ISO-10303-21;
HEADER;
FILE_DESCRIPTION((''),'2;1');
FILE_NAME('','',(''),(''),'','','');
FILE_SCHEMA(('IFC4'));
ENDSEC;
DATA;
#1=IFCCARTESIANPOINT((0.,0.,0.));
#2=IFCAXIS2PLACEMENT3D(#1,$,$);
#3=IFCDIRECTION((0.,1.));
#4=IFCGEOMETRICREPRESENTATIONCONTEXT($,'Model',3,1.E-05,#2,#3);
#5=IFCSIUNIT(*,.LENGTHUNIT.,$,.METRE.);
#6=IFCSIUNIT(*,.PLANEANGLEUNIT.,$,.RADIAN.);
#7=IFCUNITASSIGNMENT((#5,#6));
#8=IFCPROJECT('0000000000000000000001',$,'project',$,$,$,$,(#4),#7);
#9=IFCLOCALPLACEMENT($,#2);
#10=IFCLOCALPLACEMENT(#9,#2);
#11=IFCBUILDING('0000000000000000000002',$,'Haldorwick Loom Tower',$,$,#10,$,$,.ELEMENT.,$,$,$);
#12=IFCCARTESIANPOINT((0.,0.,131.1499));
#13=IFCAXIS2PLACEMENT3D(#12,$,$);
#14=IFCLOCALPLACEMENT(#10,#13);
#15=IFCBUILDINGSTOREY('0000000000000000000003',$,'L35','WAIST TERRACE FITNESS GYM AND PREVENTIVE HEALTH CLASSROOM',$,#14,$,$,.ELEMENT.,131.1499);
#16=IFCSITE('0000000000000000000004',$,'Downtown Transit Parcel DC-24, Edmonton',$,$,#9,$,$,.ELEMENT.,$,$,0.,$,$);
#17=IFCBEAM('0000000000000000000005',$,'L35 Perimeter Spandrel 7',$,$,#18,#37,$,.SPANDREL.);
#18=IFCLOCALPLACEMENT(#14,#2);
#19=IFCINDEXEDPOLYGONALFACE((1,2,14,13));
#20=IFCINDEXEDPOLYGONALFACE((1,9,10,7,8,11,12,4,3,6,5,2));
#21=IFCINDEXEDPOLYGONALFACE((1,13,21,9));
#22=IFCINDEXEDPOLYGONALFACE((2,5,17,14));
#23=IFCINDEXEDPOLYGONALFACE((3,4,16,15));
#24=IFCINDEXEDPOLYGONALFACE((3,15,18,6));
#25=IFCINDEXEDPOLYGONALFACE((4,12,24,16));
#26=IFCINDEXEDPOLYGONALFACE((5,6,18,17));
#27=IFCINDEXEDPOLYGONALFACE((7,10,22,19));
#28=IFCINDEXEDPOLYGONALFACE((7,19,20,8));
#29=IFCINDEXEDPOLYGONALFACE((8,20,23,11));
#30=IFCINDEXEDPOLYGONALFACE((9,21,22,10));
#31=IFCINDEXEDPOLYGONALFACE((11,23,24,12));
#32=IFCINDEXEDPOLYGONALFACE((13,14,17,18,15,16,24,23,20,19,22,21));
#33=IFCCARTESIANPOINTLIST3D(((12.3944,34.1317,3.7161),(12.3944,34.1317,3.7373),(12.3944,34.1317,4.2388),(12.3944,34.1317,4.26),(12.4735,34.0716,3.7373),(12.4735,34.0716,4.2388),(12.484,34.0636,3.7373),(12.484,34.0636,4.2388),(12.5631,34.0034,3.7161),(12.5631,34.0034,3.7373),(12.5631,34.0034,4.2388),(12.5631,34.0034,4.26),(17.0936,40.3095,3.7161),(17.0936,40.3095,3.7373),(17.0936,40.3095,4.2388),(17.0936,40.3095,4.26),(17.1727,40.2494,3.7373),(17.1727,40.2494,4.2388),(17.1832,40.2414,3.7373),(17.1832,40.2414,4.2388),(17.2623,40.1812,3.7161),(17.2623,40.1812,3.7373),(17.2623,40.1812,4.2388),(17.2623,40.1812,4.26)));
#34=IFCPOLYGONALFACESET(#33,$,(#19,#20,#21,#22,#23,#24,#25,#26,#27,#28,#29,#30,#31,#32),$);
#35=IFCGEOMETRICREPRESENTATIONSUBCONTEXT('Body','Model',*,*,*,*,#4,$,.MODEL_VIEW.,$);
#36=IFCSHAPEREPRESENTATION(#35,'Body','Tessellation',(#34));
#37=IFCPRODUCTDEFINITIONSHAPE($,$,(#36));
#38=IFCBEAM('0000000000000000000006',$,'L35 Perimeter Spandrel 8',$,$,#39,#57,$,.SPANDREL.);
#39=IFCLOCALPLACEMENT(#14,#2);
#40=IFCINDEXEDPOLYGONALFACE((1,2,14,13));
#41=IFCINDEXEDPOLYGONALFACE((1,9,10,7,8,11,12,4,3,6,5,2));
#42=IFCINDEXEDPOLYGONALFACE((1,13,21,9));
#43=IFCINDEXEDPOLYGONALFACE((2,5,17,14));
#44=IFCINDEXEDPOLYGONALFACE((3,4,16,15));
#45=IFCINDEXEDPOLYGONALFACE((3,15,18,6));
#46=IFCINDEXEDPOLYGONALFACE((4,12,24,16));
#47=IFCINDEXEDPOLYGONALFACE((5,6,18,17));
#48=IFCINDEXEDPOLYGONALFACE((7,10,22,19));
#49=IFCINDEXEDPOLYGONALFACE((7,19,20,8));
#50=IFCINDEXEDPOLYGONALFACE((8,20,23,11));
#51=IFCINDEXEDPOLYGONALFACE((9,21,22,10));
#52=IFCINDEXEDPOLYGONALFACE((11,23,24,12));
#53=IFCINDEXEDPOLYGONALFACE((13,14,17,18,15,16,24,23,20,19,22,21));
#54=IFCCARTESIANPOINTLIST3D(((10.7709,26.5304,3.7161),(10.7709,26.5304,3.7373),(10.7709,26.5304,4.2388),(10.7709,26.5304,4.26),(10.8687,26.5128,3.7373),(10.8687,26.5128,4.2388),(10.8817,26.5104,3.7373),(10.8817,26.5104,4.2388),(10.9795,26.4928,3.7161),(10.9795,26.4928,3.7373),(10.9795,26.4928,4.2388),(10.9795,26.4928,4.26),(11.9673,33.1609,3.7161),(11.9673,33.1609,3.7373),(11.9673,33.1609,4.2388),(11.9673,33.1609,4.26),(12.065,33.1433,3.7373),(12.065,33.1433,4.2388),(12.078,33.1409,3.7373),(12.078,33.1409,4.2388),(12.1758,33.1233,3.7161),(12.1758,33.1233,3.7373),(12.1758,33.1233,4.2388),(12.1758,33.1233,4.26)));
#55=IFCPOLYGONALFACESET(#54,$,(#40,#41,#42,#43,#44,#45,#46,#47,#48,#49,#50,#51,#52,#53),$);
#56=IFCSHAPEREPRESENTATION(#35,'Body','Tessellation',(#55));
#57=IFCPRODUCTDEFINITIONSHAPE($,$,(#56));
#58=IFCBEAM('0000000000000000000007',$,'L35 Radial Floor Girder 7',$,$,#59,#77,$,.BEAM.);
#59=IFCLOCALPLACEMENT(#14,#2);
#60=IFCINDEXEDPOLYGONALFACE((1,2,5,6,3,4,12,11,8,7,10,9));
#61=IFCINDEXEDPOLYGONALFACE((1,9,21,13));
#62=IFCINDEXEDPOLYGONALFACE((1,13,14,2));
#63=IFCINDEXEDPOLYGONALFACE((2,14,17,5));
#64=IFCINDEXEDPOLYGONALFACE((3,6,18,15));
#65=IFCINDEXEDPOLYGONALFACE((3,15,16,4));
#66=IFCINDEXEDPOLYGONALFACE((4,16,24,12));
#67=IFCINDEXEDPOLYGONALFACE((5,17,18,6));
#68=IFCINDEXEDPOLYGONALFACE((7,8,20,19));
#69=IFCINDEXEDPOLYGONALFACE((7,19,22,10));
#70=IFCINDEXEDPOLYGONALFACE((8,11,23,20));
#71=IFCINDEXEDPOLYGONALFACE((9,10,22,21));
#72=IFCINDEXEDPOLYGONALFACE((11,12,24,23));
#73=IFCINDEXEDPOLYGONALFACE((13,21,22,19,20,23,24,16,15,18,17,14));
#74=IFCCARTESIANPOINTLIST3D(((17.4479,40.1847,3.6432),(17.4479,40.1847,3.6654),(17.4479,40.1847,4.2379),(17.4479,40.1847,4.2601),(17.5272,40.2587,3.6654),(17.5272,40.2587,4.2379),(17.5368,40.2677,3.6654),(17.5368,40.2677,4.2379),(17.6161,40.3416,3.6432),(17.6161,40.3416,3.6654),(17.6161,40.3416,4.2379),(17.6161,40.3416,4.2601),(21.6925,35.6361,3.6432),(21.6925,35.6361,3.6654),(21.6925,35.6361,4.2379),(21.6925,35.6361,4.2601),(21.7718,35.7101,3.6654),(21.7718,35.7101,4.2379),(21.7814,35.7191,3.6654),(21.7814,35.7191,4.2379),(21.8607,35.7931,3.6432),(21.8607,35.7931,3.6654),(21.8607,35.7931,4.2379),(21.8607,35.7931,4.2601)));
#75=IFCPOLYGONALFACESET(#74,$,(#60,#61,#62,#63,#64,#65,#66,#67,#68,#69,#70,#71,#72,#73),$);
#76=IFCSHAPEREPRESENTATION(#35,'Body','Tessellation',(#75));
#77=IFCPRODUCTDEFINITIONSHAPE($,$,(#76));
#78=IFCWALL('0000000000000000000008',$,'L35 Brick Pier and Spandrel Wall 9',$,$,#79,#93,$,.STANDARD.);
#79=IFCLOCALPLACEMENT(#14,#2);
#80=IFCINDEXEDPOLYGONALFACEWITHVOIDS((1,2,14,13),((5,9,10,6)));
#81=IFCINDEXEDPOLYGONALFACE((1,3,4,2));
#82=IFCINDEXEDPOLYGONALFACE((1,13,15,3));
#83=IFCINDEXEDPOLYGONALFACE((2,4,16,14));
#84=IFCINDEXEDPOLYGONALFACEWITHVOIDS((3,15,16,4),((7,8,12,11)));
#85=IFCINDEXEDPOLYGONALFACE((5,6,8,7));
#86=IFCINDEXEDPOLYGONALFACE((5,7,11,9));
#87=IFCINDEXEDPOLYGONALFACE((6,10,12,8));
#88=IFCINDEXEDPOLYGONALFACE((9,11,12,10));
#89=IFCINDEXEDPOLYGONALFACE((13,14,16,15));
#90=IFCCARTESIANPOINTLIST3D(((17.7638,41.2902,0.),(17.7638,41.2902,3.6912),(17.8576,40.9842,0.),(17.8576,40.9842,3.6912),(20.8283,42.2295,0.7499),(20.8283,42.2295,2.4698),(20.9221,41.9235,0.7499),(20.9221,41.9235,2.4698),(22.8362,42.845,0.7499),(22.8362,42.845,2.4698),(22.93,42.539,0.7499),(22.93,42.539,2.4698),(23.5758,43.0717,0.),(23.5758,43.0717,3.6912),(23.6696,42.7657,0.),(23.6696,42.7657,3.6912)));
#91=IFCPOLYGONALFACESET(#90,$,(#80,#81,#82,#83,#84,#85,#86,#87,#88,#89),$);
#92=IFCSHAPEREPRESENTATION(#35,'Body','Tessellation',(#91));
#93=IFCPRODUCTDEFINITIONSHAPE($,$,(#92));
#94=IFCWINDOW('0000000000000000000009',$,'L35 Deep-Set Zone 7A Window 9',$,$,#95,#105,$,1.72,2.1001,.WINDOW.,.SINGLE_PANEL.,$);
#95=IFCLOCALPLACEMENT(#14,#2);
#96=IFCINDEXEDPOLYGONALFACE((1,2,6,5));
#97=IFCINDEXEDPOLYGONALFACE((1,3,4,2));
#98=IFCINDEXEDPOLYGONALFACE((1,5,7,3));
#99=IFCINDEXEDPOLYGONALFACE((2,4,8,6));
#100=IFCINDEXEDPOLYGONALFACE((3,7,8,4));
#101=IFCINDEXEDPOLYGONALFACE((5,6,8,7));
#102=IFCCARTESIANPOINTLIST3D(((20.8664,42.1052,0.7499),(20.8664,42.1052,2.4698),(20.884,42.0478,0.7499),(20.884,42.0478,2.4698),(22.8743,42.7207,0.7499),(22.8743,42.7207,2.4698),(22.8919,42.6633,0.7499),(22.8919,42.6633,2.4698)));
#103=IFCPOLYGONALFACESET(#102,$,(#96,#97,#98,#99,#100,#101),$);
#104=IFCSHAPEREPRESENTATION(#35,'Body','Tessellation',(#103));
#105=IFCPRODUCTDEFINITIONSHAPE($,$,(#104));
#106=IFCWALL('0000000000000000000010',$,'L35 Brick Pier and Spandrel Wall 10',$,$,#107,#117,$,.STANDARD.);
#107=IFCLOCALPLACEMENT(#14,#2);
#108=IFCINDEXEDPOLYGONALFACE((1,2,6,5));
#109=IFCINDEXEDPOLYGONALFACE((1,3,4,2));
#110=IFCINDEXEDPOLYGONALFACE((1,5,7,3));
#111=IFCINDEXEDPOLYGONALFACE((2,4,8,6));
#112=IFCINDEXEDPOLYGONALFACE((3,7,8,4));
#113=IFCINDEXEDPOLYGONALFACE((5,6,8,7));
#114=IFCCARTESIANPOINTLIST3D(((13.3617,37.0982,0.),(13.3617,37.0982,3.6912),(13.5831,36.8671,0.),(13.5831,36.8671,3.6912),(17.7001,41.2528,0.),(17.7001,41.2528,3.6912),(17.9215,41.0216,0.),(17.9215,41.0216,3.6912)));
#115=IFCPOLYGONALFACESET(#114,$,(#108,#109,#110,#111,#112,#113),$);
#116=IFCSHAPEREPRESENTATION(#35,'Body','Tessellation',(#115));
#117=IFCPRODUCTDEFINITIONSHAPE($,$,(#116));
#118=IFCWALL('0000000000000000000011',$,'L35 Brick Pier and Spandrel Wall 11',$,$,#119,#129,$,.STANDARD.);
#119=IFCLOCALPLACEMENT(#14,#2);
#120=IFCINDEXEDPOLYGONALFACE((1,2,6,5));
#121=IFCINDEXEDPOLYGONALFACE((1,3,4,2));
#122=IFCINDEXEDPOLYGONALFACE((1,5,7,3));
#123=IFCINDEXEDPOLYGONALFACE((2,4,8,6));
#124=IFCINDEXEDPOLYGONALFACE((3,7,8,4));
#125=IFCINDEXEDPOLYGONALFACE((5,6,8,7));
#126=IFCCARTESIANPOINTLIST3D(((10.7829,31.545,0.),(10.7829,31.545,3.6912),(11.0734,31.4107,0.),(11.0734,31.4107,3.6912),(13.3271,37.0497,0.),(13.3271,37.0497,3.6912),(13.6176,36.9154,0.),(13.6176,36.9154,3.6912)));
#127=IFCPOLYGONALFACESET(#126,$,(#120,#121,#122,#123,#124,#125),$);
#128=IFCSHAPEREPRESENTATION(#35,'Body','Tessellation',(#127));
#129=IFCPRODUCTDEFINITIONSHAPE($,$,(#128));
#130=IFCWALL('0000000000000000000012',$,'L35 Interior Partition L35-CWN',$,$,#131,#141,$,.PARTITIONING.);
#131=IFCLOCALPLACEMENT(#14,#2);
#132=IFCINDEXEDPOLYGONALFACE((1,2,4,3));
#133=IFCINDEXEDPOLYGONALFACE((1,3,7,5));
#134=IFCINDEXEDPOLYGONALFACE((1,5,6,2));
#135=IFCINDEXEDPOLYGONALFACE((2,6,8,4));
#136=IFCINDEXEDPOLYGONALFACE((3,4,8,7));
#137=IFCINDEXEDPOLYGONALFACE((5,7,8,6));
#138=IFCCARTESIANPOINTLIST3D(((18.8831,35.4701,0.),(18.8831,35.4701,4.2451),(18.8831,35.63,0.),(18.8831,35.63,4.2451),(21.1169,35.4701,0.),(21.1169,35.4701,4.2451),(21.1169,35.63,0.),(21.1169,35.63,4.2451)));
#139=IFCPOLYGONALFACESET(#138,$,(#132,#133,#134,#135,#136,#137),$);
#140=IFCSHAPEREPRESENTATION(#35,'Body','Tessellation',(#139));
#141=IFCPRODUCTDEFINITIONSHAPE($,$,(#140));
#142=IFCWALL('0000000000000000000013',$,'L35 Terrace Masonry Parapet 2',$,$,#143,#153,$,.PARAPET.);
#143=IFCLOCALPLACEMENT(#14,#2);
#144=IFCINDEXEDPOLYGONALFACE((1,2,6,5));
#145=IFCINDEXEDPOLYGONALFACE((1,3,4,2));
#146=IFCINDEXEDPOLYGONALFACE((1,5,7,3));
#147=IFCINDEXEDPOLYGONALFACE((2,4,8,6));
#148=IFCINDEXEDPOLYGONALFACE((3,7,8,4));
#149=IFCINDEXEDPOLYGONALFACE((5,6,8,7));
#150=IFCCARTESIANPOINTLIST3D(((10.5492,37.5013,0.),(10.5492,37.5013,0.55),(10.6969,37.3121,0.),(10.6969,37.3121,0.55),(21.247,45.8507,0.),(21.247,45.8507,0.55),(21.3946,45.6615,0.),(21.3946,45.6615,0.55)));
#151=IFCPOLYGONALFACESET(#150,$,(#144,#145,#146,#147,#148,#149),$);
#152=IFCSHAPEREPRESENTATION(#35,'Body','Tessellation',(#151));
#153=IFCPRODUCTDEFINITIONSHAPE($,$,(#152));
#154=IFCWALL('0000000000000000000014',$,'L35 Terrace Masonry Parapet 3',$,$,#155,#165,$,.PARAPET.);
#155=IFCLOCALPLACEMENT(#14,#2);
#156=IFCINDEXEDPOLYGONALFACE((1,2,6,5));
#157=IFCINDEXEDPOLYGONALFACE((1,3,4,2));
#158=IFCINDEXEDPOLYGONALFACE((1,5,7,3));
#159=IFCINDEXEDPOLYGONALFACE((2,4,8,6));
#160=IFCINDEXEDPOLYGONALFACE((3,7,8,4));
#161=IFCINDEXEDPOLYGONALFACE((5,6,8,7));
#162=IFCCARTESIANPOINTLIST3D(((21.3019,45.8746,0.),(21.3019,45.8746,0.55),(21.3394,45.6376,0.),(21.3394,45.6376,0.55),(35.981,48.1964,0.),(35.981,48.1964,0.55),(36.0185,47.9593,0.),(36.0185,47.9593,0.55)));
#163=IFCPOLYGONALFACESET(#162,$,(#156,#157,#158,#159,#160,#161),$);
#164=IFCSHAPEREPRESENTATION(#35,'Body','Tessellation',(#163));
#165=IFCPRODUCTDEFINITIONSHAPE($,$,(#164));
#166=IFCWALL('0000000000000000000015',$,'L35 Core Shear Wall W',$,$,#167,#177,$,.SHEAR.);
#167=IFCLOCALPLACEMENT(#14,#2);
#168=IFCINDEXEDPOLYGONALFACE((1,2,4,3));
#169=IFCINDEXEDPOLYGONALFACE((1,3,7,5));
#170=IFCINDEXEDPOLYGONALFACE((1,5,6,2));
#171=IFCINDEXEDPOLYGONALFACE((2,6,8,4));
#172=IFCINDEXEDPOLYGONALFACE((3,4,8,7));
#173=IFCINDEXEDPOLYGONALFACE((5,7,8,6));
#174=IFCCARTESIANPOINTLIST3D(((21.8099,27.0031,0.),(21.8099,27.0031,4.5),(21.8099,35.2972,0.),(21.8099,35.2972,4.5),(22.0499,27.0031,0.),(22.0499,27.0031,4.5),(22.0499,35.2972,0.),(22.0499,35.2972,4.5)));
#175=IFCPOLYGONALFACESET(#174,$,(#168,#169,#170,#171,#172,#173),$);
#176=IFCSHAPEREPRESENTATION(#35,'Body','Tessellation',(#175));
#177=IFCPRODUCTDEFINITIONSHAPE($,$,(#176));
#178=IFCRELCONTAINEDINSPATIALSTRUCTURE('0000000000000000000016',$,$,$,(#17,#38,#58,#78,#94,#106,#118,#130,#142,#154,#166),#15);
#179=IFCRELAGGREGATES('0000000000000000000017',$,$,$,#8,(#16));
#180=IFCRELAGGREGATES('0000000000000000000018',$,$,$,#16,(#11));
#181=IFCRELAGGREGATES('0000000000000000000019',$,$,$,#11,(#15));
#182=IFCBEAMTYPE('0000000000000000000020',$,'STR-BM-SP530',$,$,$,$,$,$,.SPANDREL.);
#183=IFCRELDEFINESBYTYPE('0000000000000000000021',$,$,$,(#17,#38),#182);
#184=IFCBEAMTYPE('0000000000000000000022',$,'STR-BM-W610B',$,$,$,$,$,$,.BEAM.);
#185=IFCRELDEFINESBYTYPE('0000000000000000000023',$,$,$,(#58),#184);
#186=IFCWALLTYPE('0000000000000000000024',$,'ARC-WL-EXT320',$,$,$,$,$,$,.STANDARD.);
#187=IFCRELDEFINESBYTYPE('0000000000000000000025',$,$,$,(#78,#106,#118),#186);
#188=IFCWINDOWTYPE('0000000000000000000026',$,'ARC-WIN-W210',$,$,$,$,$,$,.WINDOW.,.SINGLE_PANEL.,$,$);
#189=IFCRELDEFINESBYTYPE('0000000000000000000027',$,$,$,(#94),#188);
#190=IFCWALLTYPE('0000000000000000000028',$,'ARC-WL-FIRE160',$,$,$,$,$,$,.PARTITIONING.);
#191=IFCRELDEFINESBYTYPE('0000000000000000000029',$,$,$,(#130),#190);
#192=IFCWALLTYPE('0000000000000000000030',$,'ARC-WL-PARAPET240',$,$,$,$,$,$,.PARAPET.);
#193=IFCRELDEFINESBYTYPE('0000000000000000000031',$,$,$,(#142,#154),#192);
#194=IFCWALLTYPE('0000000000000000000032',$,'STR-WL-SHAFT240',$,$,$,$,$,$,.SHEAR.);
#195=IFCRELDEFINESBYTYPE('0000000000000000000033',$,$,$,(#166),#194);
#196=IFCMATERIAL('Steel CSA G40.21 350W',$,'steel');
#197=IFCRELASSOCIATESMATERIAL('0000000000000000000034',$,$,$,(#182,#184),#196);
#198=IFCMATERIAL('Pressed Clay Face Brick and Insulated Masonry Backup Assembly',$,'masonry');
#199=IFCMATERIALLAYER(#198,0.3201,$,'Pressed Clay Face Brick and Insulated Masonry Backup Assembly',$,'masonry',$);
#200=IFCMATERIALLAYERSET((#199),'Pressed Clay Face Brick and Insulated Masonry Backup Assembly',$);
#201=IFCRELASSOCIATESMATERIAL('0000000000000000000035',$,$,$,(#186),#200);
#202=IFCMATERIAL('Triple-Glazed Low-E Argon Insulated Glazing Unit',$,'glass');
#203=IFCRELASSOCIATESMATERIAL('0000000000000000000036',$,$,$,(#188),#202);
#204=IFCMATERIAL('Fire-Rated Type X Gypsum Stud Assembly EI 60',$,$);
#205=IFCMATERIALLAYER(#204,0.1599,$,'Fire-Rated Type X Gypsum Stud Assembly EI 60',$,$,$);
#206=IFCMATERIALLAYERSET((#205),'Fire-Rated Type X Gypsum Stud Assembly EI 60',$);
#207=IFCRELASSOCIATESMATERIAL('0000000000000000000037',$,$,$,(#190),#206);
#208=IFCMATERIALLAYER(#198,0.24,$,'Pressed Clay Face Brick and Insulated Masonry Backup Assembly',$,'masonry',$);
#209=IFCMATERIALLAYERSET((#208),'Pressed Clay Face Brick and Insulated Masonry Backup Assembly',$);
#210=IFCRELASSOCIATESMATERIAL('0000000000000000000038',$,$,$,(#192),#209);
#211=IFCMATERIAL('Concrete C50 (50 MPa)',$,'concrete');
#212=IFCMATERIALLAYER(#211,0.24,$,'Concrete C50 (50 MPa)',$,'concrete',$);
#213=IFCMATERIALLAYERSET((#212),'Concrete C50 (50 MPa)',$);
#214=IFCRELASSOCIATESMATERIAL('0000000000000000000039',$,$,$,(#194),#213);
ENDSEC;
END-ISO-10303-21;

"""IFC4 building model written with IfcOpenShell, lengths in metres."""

from ifc_helpers import new_model, si_unit, direction, frame, frame_2d, origin, origin_2d, place, context, subcontext, project, spatial, rectangle, i_section, extrude, material, layer, layer_set, material_profile, profile_set, type_object, element, fill, save


model = new_model("IFC4")

# Units and contexts
model_context = context("Model", 3, precision=1e-05, world=origin(), true_north=direction((0.0, 1.0)))
body_context = subcontext(model_context, "Body", "Model", "MODEL_VIEW")
ifc_project = project(units=[si_unit("LENGTHUNIT", "METRE"), si_unit("PLANEANGLEUNIT", "RADIAN")], contexts=[model_context])

# Site, building, storey
site_placement = place(None, origin())
site = spatial("IfcSite", under=ifc_project, at=site_placement, Name="Downtown Transit Parcel DC-24, Edmonton", CompositionType="ELEMENT", RefElevation=0.0)
building_placement = place(site_placement, origin())
building = spatial("IfcBuilding", under=site, at=building_placement, Name="Haldorwick Loom Tower", CompositionType="ELEMENT")
storey_placement = place(building_placement, frame((0.0, 0.0, 131.1499)))
storey = spatial("IfcBuildingStorey", under=building, at=storey_placement, Name="L35", Description="WAIST TERRACE FITNESS GYM AND PREVENTIVE HEALTH CLASSROOM", CompositionType="ELEMENT", Elevation=131.1499)

# Beams
ifc_material_1 = material(Name="Steel CSA G40.21 350W", Category="steel")
ifc_material_profile_1 = material_profile(ifc_material_1, i_section(OverallWidth=0.2119, OverallDepth=0.5439, WebThickness=0.0132, FlangeThickness=0.0212, at=origin_2d()), Name="W530X123", Category="steel")
ifc_profile_set_1 = profile_set([ifc_material_profile_1], Name="Steel CSA G40.21 350W")
beam_type_1 = type_object("IfcBeamType", Name="STR-BM-SP530", PredefinedType="SPANDREL", material=ifc_profile_set_1)
beam_1_placement = place(storey_placement, frame((17.178, 40.2454, 3.988), z_axis=(-0.605421, -0.795905, 0.0), x_axis=(0.795905, -0.605421, 0.0)))
element("IfcBeam", 1, at=beam_1_placement, inside=storey, type_object=beam_type_1, Name="L35 Perimeter Spandrel 7", PredefinedType="SPANDREL", context=body_context, shape_type="SweptSolid", body=[
    extrude(i_section(OverallWidth=0.2119, OverallDepth=0.5439, WebThickness=0.0132, FlangeThickness=0.0212, at=origin_2d()), origin(), (0.0, 0.0, 1.0), 7.762),
])
beam_2_placement = place(storey_placement, frame((12.0715, 33.1421, 3.988), z_axis=(-0.177559, -0.98411, 0.0), x_axis=(0.98411, -0.177559, 0.0)))
element("IfcBeam", 2, at=beam_2_placement, inside=storey, type_object=beam_type_1, Name="L35 Perimeter Spandrel 8", PredefinedType="SPANDREL", context=body_context, shape_type="SweptSolid", body=[
    extrude(i_section(OverallWidth=0.2119, OverallDepth=0.5439, WebThickness=0.0132, FlangeThickness=0.0212, at=origin_2d()), origin(), (0.0, 0.0, 1.0), 6.7375),
])
ifc_material_profile_2 = material_profile(ifc_material_1, i_section(OverallWidth=0.23, OverallDepth=0.6169, WebThickness=0.0132, FlangeThickness=0.0222, at=origin_2d()), Name="W610X140", Category="steel")
ifc_profile_set_2 = profile_set([ifc_material_profile_2], Name="Steel CSA G40.21 350W")
beam_type_2 = type_object("IfcBeamType", Name="STR-BM-W610B", PredefinedType="BEAM", material=ifc_profile_set_2)
beam_3_placement = place(storey_placement, frame((21.7766, 35.7146, 3.9517), z_axis=(-0.682257, 0.731113, 0.0), x_axis=(-0.731113, -0.682257, 0.0)))
element("IfcBeam", 3, at=beam_3_placement, inside=storey, type_object=beam_type_2, Name="L35 Radial Floor Girder 7", PredefinedType="BEAM", context=body_context, shape_type="SweptSolid", body=[
    extrude(i_section(OverallWidth=0.23, OverallDepth=0.6169, WebThickness=0.0132, FlangeThickness=0.0222, at=origin_2d()), origin(), (0.0, 0.0, 1.0), 6.2214),
])

# Wall, opening, window
ifc_material_2 = material(Name="Pressed Clay Face Brick and Insulated Masonry Backup Assembly", Category="masonry")
ifc_layer_1 = layer(ifc_material_2, 0.3201, Name="Pressed Clay Face Brick and Insulated Masonry Backup Assembly", Category="masonry")
ifc_layer_set_1 = layer_set([ifc_layer_1], Name="Pressed Clay Face Brick and Insulated Masonry Backup Assembly")
wall_type_1 = type_object("IfcWallType", Name="ARC-WL-EXT320", PredefinedType="STANDARD", material=ifc_layer_set_1)
wall_1_placement = place(storey_placement, frame((23.6228, 42.9187, 0.0), z_axis=(0.0, 0.0, 1.0), x_axis=(-0.956094, -0.293061, 0.0)))
wall_1 = element("IfcWall", 4, at=wall_1_placement, inside=storey, type_object=wall_type_1, Name="L35 Brick Pier and Spandrel Wall 9", PredefinedType="STANDARD", context=body_context, shape_type="SweptSolid", body=[
    extrude(rectangle(XDim=6.0789, YDim=0.3201, at=frame_2d((3.0396, 0.0))), origin(), (0.0, 0.0, 1.0), 3.6912),
])
opening_placement = place(wall_1_placement, frame((0.7737, 0.0, 0.75)))
opening = element("IfcOpeningElement", 5, at=opening_placement, cuts=wall_1, PredefinedType="OPENING", context=body_context, shape_type="SweptSolid", body=[
    extrude(rectangle(XDim=2.1001, YDim=1.72, at=frame_2d((1.05, 0.8599))), frame((0.0, 0.1699, 0.0), z_axis=(0.0, -1.0, 0.0), x_axis=(1.0, 0.0, 0.0)), (0.0, 0.0, 1.0), 0.3401),
])
ifc_material_3 = material(Name="Triple-Glazed Low-E Argon Insulated Glazing Unit", Category="glass")
window_type = type_object("IfcWindowType", Name="ARC-WIN-W210", PartitioningType="SINGLE_PANEL", PredefinedType="WINDOW", material=ifc_material_3)
window_placement = place(opening_placement, origin())
window = element("IfcWindow", 6, at=window_placement, inside=storey, type_object=window_type, Name="L35 Deep-Set Zone 7A Window 9", OverallHeight=1.72, OverallWidth=2.1001, PartitioningType="SINGLE_PANEL", PredefinedType="WINDOW", context=body_context, shape_type="SweptSolid", body=[
    extrude(rectangle(XDim=2.1001, YDim=1.72, at=frame_2d((1.05, 0.8599))), frame((0.0, 0.03, 0.0), z_axis=(0.0, -1.0, 0.0), x_axis=(1.0, 0.0, 0.0)), (0.0, 0.0, 1.0), 0.0601),
])
fill(opening, window)

# Walls
wall_2_placement = place(storey_placement, frame((17.8108, 41.1372, 0.0), z_axis=(0.0, 0.0, 1.0), x_axis=(-0.722244, -0.691639, 0.0)))
element("IfcWall", 7, at=wall_2_placement, inside=storey, type_object=wall_type_1, Name="L35 Brick Pier and Spandrel Wall 10", PredefinedType="STANDARD", context=body_context, shape_type="SweptSolid", body=[
    extrude(rectangle(XDim=6.0068, YDim=0.3201, at=frame_2d((3.0034, 0.0))), origin(), (0.0, 0.0, 1.0), 3.6912),
])
wall_3_placement = place(storey_placement, frame((13.4724, 36.9827, 0.0), z_axis=(0.0, 0.0, 1.0), x_axis=(-0.419546, -0.907734, 0.0)))
element("IfcWall", 8, at=wall_3_placement, inside=storey, type_object=wall_type_1, Name="L35 Brick Pier and Spandrel Wall 11", PredefinedType="STANDARD", context=body_context, shape_type="SweptSolid", body=[
    extrude(rectangle(XDim=6.0642, YDim=0.3201, at=frame_2d((3.0322, 0.0))), origin(), (0.0, 0.0, 1.0), 3.6912),
])
ifc_material_4 = material(Name="Fire-Rated Type X Gypsum Stud Assembly EI 60")
ifc_layer_2 = layer(ifc_material_4, 0.1599, Name="Fire-Rated Type X Gypsum Stud Assembly EI 60")
ifc_layer_set_2 = layer_set([ifc_layer_2], Name="Fire-Rated Type X Gypsum Stud Assembly EI 60")
wall_type_2 = type_object("IfcWallType", Name="ARC-WL-FIRE160", PredefinedType="PARTITIONING", material=ifc_layer_set_2)
wall_4_placement = place(storey_placement, frame((18.8831, 35.55, 0.0), z_axis=(0.0, 0.0, 1.0), x_axis=(1.0, 0.0, 0.0)))
element("IfcWall", 9, at=wall_4_placement, inside=storey, type_object=wall_type_2, Name="L35 Interior Partition L35-CWN", PredefinedType="PARTITIONING", context=body_context, shape_type="SweptSolid", body=[
    extrude(rectangle(XDim=2.2339, YDim=0.1599, at=frame_2d((1.1169, 0.0))), origin(), (0.0, 0.0, 1.0), 4.2451),
])
ifc_layer_3 = layer(ifc_material_2, 0.24, Name="Pressed Clay Face Brick and Insulated Masonry Backup Assembly", Category="masonry")
ifc_layer_set_3 = layer_set([ifc_layer_3], Name="Pressed Clay Face Brick and Insulated Masonry Backup Assembly")
wall_type_3 = type_object("IfcWallType", Name="ARC-WL-PARAPET240", PredefinedType="PARAPET", material=ifc_layer_set_3)
wall_5_placement = place(storey_placement, frame((10.623, 37.4067, 0.0), z_axis=(0.0, 0.0, 1.0), x_axis=(0.788319, 0.615266, 0.0)))
element("IfcWall", 10, at=wall_5_placement, inside=storey, type_object=wall_type_3, Name="L35 Terrace Masonry Parapet 2", PredefinedType="PARAPET", context=body_context, shape_type="SweptSolid", body=[
    extrude(rectangle(XDim=13.5703, YDim=0.24, at=frame_2d((6.7852, 0.0))), origin(), (0.0, 0.0, 1.0), 0.55),
])
wall_6_placement = place(storey_placement, frame((21.3208, 45.7561, 0.0), z_axis=(0.0, 0.0, 1.0), x_axis=(0.987721, 0.156226, 0.0)))
element("IfcWall", 11, at=wall_6_placement, inside=storey, type_object=wall_type_3, Name="L35 Terrace Masonry Parapet 3", PredefinedType="PARAPET", context=body_context, shape_type="SweptSolid", body=[
    extrude(rectangle(XDim=14.8616, YDim=0.24, at=frame_2d((7.4307, 0.0))), origin(), (0.0, 0.0, 1.0), 0.55),
])
ifc_material_5 = material(Name="Concrete C50 (50 MPa)", Category="concrete")
ifc_layer_4 = layer(ifc_material_5, 0.24, Name="Concrete C50 (50 MPa)", Category="concrete")
ifc_layer_set_4 = layer_set([ifc_layer_4], Name="Concrete C50 (50 MPa)")
wall_type_4 = type_object("IfcWallType", Name="STR-WL-SHAFT240", PredefinedType="SHEAR", material=ifc_layer_set_4)
wall_7_placement = place(storey_placement, frame((21.9299, 35.2971, 0.0), z_axis=(0.0, 0.0, 1.0), x_axis=(0.0, -1.0, 0.0)))
element("IfcWall", 12, at=wall_7_placement, inside=storey, type_object=wall_type_4, Name="L35 Core Shear Wall W", PredefinedType="SHEAR", context=body_context, shape_type="SweptSolid", body=[
    extrude(rectangle(XDim=8.2942, YDim=0.24, at=frame_2d((4.147, 0.0))), origin(), (0.0, 0.0, 1.0), 4.5),
])

save(model, "model.ifc")
